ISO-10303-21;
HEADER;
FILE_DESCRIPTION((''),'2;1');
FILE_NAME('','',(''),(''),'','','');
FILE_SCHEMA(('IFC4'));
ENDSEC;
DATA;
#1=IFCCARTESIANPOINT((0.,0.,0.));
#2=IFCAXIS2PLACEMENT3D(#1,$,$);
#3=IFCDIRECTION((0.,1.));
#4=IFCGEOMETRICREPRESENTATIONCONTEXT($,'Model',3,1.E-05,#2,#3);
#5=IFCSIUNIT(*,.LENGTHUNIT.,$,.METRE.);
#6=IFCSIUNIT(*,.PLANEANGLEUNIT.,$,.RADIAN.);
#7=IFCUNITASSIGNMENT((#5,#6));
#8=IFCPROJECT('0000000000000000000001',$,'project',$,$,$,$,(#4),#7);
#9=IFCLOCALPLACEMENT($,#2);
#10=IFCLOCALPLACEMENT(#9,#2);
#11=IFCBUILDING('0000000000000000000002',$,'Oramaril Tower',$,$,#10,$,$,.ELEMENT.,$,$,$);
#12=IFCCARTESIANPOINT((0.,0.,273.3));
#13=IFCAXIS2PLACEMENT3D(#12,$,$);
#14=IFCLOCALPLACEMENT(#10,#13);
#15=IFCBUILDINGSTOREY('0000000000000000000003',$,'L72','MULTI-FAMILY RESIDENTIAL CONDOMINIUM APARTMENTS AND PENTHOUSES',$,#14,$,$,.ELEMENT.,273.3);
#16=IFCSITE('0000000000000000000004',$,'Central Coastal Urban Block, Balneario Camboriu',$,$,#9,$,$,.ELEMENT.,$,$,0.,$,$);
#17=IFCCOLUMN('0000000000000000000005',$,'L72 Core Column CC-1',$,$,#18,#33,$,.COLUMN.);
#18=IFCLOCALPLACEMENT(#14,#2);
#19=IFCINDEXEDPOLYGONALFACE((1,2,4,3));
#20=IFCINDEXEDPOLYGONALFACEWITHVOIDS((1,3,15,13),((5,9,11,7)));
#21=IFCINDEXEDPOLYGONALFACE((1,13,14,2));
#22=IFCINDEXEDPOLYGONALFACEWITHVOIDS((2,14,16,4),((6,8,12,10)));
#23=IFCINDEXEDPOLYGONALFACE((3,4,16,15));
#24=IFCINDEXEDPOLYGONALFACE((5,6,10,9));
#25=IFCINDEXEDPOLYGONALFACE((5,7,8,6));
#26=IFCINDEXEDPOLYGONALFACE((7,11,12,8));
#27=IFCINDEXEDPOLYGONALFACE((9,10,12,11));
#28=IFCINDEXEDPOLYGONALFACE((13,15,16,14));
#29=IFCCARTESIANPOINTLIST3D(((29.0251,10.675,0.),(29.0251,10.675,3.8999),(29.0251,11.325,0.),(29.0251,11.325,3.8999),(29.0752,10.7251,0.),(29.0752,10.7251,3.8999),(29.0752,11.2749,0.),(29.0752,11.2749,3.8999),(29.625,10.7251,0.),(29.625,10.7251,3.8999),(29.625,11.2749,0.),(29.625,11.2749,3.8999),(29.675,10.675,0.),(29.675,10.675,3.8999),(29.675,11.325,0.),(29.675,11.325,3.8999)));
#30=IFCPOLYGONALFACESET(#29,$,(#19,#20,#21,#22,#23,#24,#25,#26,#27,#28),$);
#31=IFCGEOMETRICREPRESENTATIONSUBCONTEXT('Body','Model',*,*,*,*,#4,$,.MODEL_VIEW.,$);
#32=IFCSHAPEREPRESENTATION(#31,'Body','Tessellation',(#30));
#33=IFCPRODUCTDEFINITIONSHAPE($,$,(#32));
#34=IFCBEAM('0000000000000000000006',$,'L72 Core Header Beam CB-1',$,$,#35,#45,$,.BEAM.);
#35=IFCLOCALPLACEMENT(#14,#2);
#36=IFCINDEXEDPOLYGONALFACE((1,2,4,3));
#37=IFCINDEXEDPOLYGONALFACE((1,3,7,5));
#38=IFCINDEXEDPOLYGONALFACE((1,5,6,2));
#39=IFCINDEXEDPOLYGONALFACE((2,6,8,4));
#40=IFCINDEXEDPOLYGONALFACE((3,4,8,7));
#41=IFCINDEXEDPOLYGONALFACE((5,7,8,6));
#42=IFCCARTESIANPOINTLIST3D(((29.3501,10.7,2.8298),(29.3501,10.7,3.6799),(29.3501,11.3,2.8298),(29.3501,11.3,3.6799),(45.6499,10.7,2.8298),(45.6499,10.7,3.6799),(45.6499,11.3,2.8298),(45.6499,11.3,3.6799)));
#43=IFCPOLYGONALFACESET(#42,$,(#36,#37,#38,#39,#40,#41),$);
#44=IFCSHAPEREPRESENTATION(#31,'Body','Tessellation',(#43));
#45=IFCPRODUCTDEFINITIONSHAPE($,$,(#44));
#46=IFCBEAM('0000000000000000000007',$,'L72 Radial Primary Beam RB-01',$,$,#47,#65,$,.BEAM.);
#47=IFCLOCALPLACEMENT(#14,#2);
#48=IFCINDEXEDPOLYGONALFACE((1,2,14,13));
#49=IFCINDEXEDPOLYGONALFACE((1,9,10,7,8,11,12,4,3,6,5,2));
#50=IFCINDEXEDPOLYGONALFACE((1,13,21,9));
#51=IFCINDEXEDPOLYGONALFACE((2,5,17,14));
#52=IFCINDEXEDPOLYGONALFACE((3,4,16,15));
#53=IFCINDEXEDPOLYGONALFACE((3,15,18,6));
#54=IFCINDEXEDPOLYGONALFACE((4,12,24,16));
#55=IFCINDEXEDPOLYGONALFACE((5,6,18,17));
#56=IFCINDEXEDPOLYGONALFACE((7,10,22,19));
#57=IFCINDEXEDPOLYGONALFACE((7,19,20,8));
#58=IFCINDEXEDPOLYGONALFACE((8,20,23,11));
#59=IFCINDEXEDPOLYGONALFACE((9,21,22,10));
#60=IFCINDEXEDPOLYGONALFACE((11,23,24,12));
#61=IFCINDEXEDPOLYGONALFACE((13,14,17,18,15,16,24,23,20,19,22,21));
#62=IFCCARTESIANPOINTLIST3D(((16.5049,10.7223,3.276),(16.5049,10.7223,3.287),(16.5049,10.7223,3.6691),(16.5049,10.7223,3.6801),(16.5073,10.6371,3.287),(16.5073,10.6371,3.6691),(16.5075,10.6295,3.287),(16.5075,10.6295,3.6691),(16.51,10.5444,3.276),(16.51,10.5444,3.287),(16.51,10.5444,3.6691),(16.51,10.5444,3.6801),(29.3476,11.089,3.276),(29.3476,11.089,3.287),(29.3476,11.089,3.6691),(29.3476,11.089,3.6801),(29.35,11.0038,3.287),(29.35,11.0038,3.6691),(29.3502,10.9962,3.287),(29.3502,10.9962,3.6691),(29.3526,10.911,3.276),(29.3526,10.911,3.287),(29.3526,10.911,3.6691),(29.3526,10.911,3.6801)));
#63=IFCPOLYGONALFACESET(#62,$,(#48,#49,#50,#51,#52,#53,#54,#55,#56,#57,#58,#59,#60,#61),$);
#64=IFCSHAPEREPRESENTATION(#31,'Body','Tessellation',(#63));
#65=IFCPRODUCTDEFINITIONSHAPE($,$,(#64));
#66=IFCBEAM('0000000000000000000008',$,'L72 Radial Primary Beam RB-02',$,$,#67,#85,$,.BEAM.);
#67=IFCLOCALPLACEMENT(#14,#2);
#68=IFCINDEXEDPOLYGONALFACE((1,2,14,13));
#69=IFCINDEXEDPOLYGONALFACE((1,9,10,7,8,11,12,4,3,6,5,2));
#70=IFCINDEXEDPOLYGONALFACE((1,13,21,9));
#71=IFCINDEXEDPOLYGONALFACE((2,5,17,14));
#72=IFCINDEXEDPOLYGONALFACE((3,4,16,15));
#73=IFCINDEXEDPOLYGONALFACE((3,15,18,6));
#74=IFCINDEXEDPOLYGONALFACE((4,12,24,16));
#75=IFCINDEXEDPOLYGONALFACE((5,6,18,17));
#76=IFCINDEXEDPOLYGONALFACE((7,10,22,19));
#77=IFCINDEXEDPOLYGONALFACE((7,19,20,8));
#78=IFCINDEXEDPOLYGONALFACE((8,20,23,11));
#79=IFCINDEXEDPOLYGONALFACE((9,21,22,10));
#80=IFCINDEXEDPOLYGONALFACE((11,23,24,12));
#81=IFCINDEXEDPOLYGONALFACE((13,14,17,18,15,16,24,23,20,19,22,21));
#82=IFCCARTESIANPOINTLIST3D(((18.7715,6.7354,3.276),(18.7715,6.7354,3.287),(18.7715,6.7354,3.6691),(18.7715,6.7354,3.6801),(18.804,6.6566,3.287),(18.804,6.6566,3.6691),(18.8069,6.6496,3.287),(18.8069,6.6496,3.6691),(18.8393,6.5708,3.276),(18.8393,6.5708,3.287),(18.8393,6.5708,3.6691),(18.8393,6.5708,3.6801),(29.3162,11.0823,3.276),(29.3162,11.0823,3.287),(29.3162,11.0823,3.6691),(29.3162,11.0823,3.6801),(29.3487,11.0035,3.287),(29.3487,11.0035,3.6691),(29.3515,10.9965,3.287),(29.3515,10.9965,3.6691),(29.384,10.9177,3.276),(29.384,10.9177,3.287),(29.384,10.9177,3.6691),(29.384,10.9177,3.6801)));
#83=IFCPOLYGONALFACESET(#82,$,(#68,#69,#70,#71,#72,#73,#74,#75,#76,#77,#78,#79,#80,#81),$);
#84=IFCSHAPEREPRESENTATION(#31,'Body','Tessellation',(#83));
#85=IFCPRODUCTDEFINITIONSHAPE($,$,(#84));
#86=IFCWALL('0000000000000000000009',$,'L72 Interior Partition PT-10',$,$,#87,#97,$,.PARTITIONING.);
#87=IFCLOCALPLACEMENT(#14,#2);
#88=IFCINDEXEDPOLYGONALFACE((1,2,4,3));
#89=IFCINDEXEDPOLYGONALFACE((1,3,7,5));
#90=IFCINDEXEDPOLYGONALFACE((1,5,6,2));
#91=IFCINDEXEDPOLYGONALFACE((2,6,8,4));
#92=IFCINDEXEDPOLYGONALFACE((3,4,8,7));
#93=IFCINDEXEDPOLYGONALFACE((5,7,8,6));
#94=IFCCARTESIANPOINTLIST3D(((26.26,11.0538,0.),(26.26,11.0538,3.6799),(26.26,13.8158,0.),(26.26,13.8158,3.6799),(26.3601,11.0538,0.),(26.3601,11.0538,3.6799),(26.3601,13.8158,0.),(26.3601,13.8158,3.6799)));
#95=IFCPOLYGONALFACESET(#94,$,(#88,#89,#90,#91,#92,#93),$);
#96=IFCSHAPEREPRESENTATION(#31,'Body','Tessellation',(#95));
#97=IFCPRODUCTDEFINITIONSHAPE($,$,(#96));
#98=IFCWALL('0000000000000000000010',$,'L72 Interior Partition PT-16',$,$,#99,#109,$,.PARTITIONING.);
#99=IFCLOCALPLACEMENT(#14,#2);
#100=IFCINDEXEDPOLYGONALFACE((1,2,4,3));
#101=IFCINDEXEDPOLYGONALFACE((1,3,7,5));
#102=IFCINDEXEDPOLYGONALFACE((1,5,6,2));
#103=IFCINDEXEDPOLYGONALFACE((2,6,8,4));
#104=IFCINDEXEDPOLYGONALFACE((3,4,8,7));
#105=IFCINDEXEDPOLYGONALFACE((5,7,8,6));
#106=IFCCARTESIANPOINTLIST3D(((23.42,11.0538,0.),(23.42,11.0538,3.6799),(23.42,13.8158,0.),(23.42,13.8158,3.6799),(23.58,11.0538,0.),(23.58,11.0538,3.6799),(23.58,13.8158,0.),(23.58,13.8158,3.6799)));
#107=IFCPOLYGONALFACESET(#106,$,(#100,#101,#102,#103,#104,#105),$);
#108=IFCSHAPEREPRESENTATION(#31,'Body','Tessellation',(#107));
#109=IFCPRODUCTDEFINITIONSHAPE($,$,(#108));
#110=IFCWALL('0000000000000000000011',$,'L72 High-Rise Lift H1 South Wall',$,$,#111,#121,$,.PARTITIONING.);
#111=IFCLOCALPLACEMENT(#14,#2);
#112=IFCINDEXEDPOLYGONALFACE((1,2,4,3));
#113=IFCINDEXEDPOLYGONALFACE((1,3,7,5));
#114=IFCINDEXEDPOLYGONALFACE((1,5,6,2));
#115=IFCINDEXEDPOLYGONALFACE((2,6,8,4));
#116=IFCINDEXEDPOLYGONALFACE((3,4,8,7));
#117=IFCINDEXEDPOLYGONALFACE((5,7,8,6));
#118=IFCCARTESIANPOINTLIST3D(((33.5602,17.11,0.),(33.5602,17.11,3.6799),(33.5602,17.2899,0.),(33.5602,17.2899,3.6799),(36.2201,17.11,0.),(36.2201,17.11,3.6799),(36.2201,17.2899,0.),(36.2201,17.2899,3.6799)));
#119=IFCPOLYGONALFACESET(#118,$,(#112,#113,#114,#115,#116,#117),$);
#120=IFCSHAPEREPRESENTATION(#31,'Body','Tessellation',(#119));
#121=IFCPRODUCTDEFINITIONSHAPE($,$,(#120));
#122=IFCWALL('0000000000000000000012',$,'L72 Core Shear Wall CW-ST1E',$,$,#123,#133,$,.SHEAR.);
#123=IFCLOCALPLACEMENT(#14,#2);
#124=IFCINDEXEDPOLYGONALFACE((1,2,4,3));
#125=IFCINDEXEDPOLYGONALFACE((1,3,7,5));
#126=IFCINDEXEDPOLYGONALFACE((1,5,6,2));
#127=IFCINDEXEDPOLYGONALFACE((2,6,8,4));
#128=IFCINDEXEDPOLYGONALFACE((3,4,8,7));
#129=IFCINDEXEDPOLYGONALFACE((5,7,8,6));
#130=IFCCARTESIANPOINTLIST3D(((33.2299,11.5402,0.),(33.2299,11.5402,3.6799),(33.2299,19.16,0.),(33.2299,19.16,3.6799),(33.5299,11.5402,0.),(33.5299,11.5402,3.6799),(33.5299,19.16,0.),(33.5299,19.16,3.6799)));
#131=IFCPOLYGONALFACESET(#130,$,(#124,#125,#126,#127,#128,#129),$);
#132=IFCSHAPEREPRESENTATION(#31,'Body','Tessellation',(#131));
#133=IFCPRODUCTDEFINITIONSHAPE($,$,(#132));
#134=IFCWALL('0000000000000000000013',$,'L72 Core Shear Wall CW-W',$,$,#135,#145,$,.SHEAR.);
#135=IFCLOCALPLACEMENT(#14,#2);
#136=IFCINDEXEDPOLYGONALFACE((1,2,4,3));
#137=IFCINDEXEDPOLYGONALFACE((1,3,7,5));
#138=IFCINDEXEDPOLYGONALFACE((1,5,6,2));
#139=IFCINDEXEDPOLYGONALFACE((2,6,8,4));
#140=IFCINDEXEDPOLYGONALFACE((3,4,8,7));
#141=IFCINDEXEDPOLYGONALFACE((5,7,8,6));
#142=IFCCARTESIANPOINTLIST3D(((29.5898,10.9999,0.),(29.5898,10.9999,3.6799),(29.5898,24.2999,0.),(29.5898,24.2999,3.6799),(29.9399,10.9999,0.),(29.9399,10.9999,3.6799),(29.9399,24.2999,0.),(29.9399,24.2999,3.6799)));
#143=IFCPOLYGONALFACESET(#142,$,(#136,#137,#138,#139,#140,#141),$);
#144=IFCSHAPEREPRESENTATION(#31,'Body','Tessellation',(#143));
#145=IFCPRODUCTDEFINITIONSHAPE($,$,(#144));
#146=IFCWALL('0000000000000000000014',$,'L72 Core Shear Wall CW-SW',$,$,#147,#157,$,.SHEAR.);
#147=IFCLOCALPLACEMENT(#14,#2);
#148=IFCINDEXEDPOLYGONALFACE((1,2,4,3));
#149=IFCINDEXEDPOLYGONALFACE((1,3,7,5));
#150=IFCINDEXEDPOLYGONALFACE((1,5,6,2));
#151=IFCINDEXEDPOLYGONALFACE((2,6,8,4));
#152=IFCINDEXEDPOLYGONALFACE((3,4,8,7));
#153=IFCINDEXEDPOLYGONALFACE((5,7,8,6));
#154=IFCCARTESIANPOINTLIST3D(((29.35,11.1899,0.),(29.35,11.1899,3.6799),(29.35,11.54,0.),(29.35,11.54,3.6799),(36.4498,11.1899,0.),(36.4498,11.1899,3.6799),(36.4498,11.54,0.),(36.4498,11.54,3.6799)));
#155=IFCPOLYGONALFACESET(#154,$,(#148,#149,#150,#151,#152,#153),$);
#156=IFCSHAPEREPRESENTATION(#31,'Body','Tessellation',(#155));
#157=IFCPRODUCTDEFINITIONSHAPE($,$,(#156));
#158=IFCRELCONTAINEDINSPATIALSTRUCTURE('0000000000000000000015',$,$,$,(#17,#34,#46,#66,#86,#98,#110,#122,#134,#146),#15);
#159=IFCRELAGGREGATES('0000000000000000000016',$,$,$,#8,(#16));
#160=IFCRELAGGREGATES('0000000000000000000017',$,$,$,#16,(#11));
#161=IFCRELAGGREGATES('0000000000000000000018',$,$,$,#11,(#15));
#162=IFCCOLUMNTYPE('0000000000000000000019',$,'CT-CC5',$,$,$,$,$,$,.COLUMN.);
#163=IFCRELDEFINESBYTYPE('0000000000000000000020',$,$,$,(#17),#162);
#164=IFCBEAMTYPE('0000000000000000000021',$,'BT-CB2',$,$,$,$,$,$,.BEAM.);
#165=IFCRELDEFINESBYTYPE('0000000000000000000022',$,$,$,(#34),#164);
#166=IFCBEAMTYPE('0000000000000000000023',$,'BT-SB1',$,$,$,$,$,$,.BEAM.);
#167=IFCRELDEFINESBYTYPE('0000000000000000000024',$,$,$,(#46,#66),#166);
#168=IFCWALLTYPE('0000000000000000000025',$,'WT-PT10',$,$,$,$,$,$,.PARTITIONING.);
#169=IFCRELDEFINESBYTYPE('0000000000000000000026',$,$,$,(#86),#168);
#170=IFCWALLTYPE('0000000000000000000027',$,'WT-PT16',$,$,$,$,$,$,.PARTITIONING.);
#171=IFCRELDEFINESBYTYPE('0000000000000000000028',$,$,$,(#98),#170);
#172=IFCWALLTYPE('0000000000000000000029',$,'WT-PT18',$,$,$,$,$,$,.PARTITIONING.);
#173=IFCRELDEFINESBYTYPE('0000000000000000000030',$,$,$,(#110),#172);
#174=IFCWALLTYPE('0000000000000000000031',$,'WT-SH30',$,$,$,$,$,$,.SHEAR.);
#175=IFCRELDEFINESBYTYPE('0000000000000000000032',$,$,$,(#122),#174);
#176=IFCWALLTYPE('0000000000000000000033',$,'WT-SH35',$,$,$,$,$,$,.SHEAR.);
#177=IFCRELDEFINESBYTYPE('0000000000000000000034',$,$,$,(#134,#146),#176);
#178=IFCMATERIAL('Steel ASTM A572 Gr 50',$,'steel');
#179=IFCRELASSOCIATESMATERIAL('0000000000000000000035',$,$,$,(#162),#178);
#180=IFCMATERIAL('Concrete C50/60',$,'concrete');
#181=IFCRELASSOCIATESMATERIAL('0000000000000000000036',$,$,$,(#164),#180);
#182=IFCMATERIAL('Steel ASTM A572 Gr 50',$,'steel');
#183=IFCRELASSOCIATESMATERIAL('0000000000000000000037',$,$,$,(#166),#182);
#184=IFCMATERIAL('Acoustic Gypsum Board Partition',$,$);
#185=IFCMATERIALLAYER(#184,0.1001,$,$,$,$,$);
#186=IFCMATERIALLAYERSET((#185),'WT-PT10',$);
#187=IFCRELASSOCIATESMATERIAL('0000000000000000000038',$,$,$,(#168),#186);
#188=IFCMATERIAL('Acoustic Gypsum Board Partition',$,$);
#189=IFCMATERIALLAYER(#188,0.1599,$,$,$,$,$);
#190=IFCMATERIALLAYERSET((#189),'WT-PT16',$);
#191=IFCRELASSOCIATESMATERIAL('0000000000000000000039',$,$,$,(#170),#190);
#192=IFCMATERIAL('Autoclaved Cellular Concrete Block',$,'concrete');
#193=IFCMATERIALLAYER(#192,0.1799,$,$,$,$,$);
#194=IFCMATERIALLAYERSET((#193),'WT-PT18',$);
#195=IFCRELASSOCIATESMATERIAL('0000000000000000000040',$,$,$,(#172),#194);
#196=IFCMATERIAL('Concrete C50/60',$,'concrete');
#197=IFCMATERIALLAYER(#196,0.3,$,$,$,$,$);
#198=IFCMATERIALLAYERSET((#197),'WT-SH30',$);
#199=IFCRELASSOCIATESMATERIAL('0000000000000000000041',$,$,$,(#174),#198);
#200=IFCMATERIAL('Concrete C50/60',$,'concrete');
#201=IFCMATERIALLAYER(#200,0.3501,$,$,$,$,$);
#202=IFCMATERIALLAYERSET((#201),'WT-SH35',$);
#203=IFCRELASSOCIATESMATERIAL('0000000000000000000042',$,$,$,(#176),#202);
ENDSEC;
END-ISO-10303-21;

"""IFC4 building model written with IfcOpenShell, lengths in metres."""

from ifc_helpers import new_model, si_unit, direction, frame, frame_2d, origin, origin_2d, place, context, subcontext, project, spatial, rectangle, hollow_rectangle, i_section, extrude, material, layer, layer_set, material_profile, profile_set, type_object, element, save


model = new_model("IFC4")

# Units and contexts
model_context = context("Model", 3, precision=1e-05, world=origin(), true_north=direction((0.0, 1.0)))
body_context = subcontext(model_context, "Body", "Model", "MODEL_VIEW")
ifc_project = project(units=[si_unit("LENGTHUNIT", "METRE"), si_unit("PLANEANGLEUNIT", "RADIAN")], contexts=[model_context])

# Site, building, storey
site_placement = place(None, origin())
site = spatial("IfcSite", under=ifc_project, at=site_placement, Name="Central Coastal Urban Block, Balneario Camboriu", CompositionType="ELEMENT", RefElevation=0.0)
building_placement = place(site_placement, origin())
building = spatial("IfcBuilding", under=site, at=building_placement, Name="Oramaril Tower", CompositionType="ELEMENT")
storey_placement = place(building_placement, frame((0.0, 0.0, 273.3)))
storey = spatial("IfcBuildingStorey", under=building, at=storey_placement, Name="L72", Description="MULTI-FAMILY RESIDENTIAL CONDOMINIUM APARTMENTS AND PENTHOUSES", CompositionType="ELEMENT", Elevation=273.3)

# Column
ifc_material_1 = material(Name="Steel ASTM A572 Gr 50", Category="steel")
ifc_material_profile_1 = material_profile(ifc_material_1, hollow_rectangle(XDim=0.6499, YDim=0.6499, WallThickness=0.05, at=origin_2d()), Name="BOX650X650X50")
ifc_profile_set_1 = profile_set([ifc_material_profile_1], Name="Steel ASTM A572 Gr 50")
column_type = type_object("IfcColumnType", Name="CT-CC5", PredefinedType="COLUMN", material=ifc_profile_set_1)
column_placement = place(storey_placement, frame((29.3501, 11.0, 0.0), z_axis=(0.0, 0.0, 1.0), x_axis=(1.0, 0.0, 0.0)))
element("IfcColumn", 1, at=column_placement, inside=storey, type_object=column_type, Name="L72 Core Column CC-1", PredefinedType="COLUMN", context=body_context, shape_type="SweptSolid", body=[
    extrude(hollow_rectangle(XDim=0.6499, YDim=0.6499, WallThickness=0.05, at=origin_2d()), origin(), (0.0, 0.0, 1.0), 3.8999),
])

# Beams
ifc_material_2 = material(Name="Concrete C50/60", Category="concrete")
ifc_material_profile_2 = material_profile(ifc_material_2, rectangle(XDim=0.6001, YDim=0.8501, at=origin_2d()), Name="CB600X850")
ifc_profile_set_2 = profile_set([ifc_material_profile_2], Name="Concrete C50/60")
beam_type_1 = type_object("IfcBeamType", Name="BT-CB2", PredefinedType="BEAM", material=ifc_profile_set_2)
beam_1_placement = place(storey_placement, frame((29.3501, 11.0, 3.2549), z_axis=(1.0, 0.0, 0.0), x_axis=(0.0, 1.0, 0.0)))
element("IfcBeam", 2, at=beam_1_placement, inside=storey, type_object=beam_type_1, Name="L72 Core Header Beam CB-1", PredefinedType="BEAM", context=body_context, shape_type="SweptSolid", body=[
    extrude(rectangle(XDim=0.6001, YDim=0.8501, at=origin_2d()), origin(), (0.0, 0.0, 1.0), 16.2998),
])
ifc_material_3 = material(Name="Steel ASTM A572 Gr 50", Category="steel")
ifc_material_profile_3 = material_profile(ifc_material_3, i_section(OverallWidth=0.178, OverallDepth=0.4041, WebThickness=0.0076, FlangeThickness=0.011, at=origin_2d()), Name="W16X36")
ifc_profile_set_3 = profile_set([ifc_material_profile_3], Name="Steel ASTM A572 Gr 50")
beam_type_2 = type_object("IfcBeamType", Name="BT-SB1", PredefinedType="BEAM", material=ifc_profile_set_3)
beam_2_placement = place(storey_placement, frame((29.3501, 11.0, 3.478), z_axis=(-0.999593, -0.028541, 0.0), x_axis=(0.028541, -0.999593, 0.0)))
element("IfcBeam", 3, at=beam_2_placement, inside=storey, type_object=beam_type_2, Name="L72 Radial Primary Beam RB-01", PredefinedType="BEAM", context=body_context, shape_type="SweptSolid", body=[
    extrude(i_section(OverallWidth=0.178, OverallDepth=0.4041, WebThickness=0.0076, FlangeThickness=0.011, at=origin_2d()), origin(), (0.0, 0.0, 1.0), 12.8479),
])
beam_3_placement = place(storey_placement, frame((29.3501, 11.0, 3.478), z_axis=(-0.924524, -0.381124, 0.0), x_axis=(0.381124, -0.924524, 0.0)))
element("IfcBeam", 4, at=beam_3_placement, inside=storey, type_object=beam_type_2, Name="L72 Radial Primary Beam RB-02", PredefinedType="BEAM", context=body_context, shape_type="SweptSolid", body=[
    extrude(i_section(OverallWidth=0.178, OverallDepth=0.4041, WebThickness=0.0076, FlangeThickness=0.011, at=origin_2d()), origin(), (0.0, 0.0, 1.0), 11.4055),
])

# Walls
ifc_material_4 = material(Name="Acoustic Gypsum Board Partition")
ifc_layer_1 = layer(ifc_material_4, 0.1001)
ifc_layer_set_1 = layer_set([ifc_layer_1], Name="WT-PT10")
wall_type_1 = type_object("IfcWallType", Name="WT-PT10", PredefinedType="PARTITIONING", material=ifc_layer_set_1)
wall_1_placement = place(storey_placement, frame((26.3101, 11.054, 0.0), z_axis=(0.0, 0.0, 1.0), x_axis=(0.0, 1.0, 0.0)))
element("IfcWall", 5, at=wall_1_placement, inside=storey, type_object=wall_type_1, Name="L72 Interior Partition PT-10", PredefinedType="PARTITIONING", context=body_context, shape_type="SweptSolid", body=[
    extrude(rectangle(XDim=2.762, YDim=0.1001, at=frame_2d((1.3809, 0.0))), origin(), (0.0, 0.0, 1.0), 3.6799),
])
ifc_material_5 = material(Name="Acoustic Gypsum Board Partition")
ifc_layer_2 = layer(ifc_material_5, 0.1599)
ifc_layer_set_2 = layer_set([ifc_layer_2], Name="WT-PT16")
wall_type_2 = type_object("IfcWallType", Name="WT-PT16", PredefinedType="PARTITIONING", material=ifc_layer_set_2)
wall_2_placement = place(storey_placement, frame((23.5, 11.054, 0.0), z_axis=(0.0, 0.0, 1.0), x_axis=(0.0, 1.0, 0.0)))
element("IfcWall", 6, at=wall_2_placement, inside=storey, type_object=wall_type_2, Name="L72 Interior Partition PT-16", PredefinedType="PARTITIONING", context=body_context, shape_type="SweptSolid", body=[
    extrude(rectangle(XDim=2.762, YDim=0.1599, at=frame_2d((1.3809, 0.0))), origin(), (0.0, 0.0, 1.0), 3.6799),
])
ifc_material_6 = material(Name="Autoclaved Cellular Concrete Block", Category="concrete")
ifc_layer_3 = layer(ifc_material_6, 0.1799)
ifc_layer_set_3 = layer_set([ifc_layer_3], Name="WT-PT18")
wall_type_3 = type_object("IfcWallType", Name="WT-PT18", PredefinedType="PARTITIONING", material=ifc_layer_set_3)
wall_3_placement = place(storey_placement, frame((33.5601, 17.2, 0.0), z_axis=(0.0, 0.0, 1.0), x_axis=(1.0, 0.0, 0.0)))
element("IfcWall", 7, at=wall_3_placement, inside=storey, type_object=wall_type_3, Name="L72 High-Rise Lift H1 South Wall", PredefinedType="PARTITIONING", context=body_context, shape_type="SweptSolid", body=[
    extrude(rectangle(XDim=2.6599, YDim=0.1799, at=frame_2d((1.3301, 0.0))), origin(), (0.0, 0.0, 1.0), 3.6799),
])

# Shared definitions
ifc_material_7 = material(Name="Concrete C50/60", Category="concrete")
ifc_layer_4 = layer(ifc_material_7, 0.3)
ifc_layer_set_4 = layer_set([ifc_layer_4], Name="WT-SH30")
wall_type_4 = type_object("IfcWallType", Name="WT-SH30", PredefinedType="SHEAR", material=ifc_layer_set_4)

# Walls
wall_4_placement = place(storey_placement, frame((33.3799, 11.54, 0.0), z_axis=(0.0, 0.0, 1.0), x_axis=(0.0, 1.0, 0.0)))
element("IfcWall", 8, at=wall_4_placement, inside=storey, type_object=wall_type_4, Name="L72 Core Shear Wall CW-ST1E", PredefinedType="SHEAR", context=body_context, shape_type="SweptSolid", body=[
    extrude(rectangle(XDim=7.6199, YDim=0.3, at=frame_2d((3.8101, 0.0))), origin(), (0.0, 0.0, 1.0), 3.6799),
])
ifc_material_8 = material(Name="Concrete C50/60", Category="concrete")
ifc_layer_5 = layer(ifc_material_8, 0.3501)
ifc_layer_set_5 = layer_set([ifc_layer_5], Name="WT-SH35")
wall_type_5 = type_object("IfcWallType", Name="WT-SH35", PredefinedType="SHEAR", material=ifc_layer_set_5)
wall_5_placement = place(storey_placement, frame((29.7649, 11.0, 0.0), z_axis=(0.0, 0.0, 1.0), x_axis=(0.0, 1.0, 0.0)))
element("IfcWall", 9, at=wall_5_placement, inside=storey, type_object=wall_type_5, Name="L72 Core Shear Wall CW-W", PredefinedType="SHEAR", context=body_context, shape_type="SweptSolid", body=[
    extrude(rectangle(XDim=13.3, YDim=0.3501, at=frame_2d((6.6499, 0.0))), origin(), (0.0, 0.0, 1.0), 3.6799),
])
wall_6_placement = place(storey_placement, frame((29.3501, 11.365, 0.0), z_axis=(0.0, 0.0, 1.0), x_axis=(1.0, 0.0, 0.0)))
element("IfcWall", 10, at=wall_6_placement, inside=storey, type_object=wall_type_5, Name="L72 Core Shear Wall CW-SW", PredefinedType="SHEAR", context=body_context, shape_type="SweptSolid", body=[
    extrude(rectangle(XDim=7.0999, YDim=0.3501, at=frame_2d((3.5498, 0.0))), origin(), (0.0, 0.0, 1.0), 3.6799),
])

save(model, "model.ifc")
